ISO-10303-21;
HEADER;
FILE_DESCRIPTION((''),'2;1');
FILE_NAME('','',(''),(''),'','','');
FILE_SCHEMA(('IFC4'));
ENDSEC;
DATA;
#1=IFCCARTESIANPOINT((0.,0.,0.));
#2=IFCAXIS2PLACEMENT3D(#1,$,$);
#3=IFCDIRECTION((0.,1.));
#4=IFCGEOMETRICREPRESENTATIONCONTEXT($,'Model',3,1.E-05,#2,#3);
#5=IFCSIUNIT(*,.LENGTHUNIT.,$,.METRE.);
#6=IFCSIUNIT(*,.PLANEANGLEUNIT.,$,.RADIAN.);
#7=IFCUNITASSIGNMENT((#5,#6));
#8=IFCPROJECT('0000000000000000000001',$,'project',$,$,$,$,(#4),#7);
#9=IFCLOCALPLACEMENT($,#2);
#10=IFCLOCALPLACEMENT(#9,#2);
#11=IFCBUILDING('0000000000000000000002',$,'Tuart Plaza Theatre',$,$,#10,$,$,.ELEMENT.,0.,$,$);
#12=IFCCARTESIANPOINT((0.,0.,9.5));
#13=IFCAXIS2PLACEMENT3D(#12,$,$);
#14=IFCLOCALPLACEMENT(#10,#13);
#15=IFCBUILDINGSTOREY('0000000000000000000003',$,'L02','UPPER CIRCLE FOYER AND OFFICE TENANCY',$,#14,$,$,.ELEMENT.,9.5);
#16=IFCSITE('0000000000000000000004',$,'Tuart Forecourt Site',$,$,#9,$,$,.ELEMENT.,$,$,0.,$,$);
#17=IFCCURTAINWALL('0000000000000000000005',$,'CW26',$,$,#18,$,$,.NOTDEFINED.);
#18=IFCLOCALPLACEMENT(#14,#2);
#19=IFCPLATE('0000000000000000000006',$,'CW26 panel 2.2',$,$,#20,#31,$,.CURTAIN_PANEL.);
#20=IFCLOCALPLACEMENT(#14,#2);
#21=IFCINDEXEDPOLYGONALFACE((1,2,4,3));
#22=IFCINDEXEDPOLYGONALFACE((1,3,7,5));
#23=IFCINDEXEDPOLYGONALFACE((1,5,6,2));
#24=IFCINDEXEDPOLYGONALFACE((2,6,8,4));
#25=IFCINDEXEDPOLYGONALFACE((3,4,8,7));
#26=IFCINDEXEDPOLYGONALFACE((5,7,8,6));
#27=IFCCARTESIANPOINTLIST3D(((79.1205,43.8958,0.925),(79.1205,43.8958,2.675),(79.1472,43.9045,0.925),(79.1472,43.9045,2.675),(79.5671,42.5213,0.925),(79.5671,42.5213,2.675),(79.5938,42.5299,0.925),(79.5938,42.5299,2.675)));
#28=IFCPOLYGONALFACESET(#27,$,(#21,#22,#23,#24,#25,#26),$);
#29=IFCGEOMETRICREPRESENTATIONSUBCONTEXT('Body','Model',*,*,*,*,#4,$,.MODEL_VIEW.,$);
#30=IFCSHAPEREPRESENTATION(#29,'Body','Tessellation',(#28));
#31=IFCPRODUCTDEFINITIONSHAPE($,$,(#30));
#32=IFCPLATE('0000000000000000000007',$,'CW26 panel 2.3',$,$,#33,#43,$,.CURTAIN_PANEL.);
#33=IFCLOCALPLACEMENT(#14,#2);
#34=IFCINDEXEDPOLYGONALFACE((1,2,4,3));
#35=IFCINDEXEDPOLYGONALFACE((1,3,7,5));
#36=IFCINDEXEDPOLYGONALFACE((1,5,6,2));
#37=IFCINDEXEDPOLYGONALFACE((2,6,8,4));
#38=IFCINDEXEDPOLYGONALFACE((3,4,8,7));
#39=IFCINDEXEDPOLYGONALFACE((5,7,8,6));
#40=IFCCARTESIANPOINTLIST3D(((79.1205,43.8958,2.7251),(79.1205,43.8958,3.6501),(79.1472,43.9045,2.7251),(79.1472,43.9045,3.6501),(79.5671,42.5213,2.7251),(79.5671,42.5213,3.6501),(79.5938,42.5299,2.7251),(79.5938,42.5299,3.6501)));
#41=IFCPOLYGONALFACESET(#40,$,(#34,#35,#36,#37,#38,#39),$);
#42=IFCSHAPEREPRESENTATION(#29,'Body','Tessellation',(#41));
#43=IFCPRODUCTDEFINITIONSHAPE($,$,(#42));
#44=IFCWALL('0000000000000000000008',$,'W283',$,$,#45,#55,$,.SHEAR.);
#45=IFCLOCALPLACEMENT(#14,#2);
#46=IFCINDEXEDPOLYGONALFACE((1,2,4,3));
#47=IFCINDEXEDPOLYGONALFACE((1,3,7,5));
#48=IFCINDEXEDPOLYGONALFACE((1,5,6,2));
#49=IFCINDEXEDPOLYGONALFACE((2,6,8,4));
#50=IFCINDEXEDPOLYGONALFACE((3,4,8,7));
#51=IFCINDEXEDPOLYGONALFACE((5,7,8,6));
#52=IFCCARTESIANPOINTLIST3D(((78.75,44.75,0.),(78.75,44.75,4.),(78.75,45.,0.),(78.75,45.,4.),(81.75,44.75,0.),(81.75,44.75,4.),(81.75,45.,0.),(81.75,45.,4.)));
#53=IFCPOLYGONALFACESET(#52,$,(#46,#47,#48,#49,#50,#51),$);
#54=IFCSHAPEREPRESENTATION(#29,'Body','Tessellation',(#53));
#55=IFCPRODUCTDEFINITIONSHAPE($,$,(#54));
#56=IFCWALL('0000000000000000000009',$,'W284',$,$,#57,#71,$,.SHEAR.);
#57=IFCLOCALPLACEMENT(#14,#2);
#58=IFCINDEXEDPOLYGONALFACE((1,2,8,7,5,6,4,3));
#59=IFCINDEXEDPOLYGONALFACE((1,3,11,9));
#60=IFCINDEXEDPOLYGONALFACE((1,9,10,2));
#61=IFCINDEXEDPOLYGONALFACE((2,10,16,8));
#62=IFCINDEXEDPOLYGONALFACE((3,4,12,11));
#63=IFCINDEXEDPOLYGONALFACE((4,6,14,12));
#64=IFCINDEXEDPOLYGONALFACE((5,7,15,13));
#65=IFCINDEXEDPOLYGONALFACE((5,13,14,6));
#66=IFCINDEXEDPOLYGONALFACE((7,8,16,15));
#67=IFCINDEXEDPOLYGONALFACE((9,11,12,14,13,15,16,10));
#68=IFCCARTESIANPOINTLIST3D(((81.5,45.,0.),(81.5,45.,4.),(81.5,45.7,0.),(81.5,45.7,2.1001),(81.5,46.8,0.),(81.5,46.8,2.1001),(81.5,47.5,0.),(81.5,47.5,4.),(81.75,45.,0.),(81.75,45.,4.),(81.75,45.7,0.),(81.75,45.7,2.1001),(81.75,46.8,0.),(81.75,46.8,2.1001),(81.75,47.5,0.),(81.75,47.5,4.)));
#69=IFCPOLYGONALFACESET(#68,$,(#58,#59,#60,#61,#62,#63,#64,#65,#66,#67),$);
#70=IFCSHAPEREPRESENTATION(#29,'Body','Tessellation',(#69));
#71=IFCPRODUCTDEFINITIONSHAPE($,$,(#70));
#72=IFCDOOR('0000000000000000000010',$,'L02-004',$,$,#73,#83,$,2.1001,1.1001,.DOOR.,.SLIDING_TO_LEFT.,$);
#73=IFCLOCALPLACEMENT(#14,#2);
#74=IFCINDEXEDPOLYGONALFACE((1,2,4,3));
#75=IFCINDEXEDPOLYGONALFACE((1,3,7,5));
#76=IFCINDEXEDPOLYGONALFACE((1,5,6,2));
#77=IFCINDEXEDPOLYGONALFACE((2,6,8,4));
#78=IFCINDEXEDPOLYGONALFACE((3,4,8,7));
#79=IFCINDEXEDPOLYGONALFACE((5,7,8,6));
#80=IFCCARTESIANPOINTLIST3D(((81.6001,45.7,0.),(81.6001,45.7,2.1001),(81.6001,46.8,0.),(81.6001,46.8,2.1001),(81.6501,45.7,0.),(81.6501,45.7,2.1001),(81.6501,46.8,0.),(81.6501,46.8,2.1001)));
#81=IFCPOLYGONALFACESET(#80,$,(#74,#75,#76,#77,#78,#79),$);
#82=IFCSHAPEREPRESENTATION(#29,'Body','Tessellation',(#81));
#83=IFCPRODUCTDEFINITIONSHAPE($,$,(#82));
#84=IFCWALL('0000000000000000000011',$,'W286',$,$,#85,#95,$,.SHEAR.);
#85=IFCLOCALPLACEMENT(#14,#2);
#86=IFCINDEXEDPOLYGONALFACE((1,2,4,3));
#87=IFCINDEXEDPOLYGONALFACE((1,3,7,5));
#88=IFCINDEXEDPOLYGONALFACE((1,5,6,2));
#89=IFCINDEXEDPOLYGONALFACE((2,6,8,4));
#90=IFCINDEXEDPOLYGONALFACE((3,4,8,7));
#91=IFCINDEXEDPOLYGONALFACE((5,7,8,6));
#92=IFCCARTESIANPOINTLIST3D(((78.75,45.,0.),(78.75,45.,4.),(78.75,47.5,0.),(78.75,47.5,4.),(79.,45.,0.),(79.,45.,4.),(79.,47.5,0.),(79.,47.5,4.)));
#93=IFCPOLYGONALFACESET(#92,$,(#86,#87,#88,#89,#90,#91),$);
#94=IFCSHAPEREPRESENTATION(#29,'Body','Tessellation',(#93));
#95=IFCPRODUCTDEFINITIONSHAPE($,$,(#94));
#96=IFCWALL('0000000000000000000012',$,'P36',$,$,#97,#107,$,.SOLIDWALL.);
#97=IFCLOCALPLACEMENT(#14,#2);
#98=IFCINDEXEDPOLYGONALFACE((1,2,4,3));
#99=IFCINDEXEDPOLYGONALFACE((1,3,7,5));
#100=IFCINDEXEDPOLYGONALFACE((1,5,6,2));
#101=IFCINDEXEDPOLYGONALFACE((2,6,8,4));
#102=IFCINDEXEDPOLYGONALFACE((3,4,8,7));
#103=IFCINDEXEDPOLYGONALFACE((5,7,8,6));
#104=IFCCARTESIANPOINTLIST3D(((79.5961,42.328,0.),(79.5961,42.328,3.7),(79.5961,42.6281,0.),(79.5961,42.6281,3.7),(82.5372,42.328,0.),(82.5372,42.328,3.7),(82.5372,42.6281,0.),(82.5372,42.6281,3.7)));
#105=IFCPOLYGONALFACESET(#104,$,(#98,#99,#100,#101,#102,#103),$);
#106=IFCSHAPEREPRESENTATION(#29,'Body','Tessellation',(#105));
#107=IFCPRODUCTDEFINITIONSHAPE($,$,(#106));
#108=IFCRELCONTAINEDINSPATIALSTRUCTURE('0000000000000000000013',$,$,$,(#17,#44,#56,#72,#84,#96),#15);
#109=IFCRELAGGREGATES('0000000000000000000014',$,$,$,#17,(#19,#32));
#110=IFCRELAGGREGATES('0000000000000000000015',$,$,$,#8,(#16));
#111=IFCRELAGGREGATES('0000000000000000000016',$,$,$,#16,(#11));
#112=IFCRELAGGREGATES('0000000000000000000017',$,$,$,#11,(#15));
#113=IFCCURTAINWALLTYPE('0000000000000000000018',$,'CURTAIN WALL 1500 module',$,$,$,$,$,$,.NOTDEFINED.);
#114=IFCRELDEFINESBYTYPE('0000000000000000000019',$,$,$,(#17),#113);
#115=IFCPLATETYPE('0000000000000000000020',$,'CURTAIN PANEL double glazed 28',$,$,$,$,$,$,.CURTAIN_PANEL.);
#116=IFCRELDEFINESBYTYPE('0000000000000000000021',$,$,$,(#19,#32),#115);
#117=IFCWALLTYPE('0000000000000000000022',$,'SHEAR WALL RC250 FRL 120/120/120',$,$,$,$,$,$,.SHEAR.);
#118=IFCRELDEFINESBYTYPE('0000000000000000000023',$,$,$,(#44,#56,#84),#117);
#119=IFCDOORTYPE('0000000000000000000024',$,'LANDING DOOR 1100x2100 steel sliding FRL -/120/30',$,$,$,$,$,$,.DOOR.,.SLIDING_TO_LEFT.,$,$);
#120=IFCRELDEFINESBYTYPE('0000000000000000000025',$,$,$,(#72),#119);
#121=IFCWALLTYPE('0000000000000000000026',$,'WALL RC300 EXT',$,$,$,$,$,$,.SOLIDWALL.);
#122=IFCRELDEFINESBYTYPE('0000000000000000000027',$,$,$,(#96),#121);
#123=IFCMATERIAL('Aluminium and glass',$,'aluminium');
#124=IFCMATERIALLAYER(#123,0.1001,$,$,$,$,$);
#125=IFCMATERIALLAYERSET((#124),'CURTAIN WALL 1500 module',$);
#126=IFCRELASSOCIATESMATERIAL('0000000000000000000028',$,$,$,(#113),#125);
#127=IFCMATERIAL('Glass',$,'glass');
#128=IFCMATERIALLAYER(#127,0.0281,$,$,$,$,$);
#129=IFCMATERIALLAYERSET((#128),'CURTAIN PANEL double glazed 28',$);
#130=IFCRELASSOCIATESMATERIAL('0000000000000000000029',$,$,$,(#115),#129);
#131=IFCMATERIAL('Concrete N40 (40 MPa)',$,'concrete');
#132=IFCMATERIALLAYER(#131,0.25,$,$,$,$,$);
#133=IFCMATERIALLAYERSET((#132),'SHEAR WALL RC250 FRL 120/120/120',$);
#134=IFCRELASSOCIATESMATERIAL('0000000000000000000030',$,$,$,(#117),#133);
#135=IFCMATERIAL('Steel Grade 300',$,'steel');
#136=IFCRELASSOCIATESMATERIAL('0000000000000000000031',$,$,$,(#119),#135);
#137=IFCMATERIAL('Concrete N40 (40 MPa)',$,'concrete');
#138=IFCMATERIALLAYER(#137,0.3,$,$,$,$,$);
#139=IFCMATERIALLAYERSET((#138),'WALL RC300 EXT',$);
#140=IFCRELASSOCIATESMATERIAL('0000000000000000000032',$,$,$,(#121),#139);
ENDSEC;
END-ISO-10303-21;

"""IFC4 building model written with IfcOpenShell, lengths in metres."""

from ifc_helpers import new_model, si_unit, direction, frame, frame_2d, origin, origin_2d, place, context, subcontext, project, spatial, rectangle, extrude, material, layer, layer_set, type_object, element, fill, aggregate, save


model = new_model("IFC4")

# Units and contexts
model_context = context("Model", 3, precision=1e-05, world=origin(), true_north=direction((0.0, 1.0)))
body_context = subcontext(model_context, "Body", "Model", "MODEL_VIEW")
ifc_project = project(units=[si_unit("LENGTHUNIT", "METRE"), si_unit("PLANEANGLEUNIT", "RADIAN")], contexts=[model_context])

# Site, building, storey
site_placement = place(None, origin())
site = spatial("IfcSite", under=ifc_project, at=site_placement, Name="Tuart Forecourt Site", CompositionType="ELEMENT", RefElevation=0.0)
building_placement = place(site_placement, origin())
building = spatial("IfcBuilding", under=site, at=building_placement, Name="Tuart Plaza Theatre", CompositionType="ELEMENT", ElevationOfRefHeight=0.0)
storey_placement = place(building_placement, frame((0.0, 0.0, 9.5)))
storey = spatial("IfcBuildingStorey", under=building, at=storey_placement, Name="L02", Description="UPPER CIRCLE FOYER AND OFFICE TENANCY", CompositionType="ELEMENT", Elevation=9.5)

# Curtain wall
ifc_material_1 = material(Name="Aluminium and glass", Category="aluminium")
ifc_layer_1 = layer(ifc_material_1, 0.1001)
ifc_layer_set_1 = layer_set([ifc_layer_1], Name="CURTAIN WALL 1500 module")
curtain_wall_type = type_object("IfcCurtainWallType", Name="CURTAIN WALL 1500 module", PredefinedType="NOTDEFINED", material=ifc_layer_set_1)
curtain_wall_1_placement = place(storey_placement, origin())
curtain_wall_1 = element("IfcCurtainWall", 1, at=curtain_wall_1_placement, inside=storey, type_object=curtain_wall_type, Name="CW26", PredefinedType="NOTDEFINED")

# Plates
ifc_material_2 = material(Name="Glass", Category="glass")
ifc_layer_2 = layer(ifc_material_2, 0.0281)
ifc_layer_set_2 = layer_set([ifc_layer_2], Name="CURTAIN PANEL double glazed 28")
plate_type = type_object("IfcPlateType", Name="CURTAIN PANEL double glazed 28", PredefinedType="CURTAIN_PANEL", material=ifc_layer_set_2)
plate_1_placement = place(storey_placement, frame((79.3572, 43.2129, 0.925), z_axis=(0.0, 0.0, 1.0), x_axis=(0.309018, -0.951056, 0.0)))
plate_1 = element("IfcPlate", 2, at=plate_1_placement, type_object=plate_type, Name="CW26 panel 2.2", PredefinedType="CURTAIN_PANEL", context=body_context, shape_type="SweptSolid", body=[
    extrude(rectangle(XDim=1.4453, YDim=0.0281, at=origin_2d()), origin(), (0.0, 0.0, 1.0), 1.75),
])
plate_2_placement = place(storey_placement, frame((79.3572, 43.2129, 2.7251), z_axis=(0.0, 0.0, 1.0), x_axis=(0.309018, -0.951056, 0.0)))
plate_2 = element("IfcPlate", 3, at=plate_2_placement, type_object=plate_type, Name="CW26 panel 2.3", PredefinedType="CURTAIN_PANEL", context=body_context, shape_type="SweptSolid", body=[
    extrude(rectangle(XDim=1.4453, YDim=0.0281, at=origin_2d()), origin(), (0.0, 0.0, 1.0), 0.925),
])
aggregate(curtain_wall_1, [plate_1, plate_2])

# Wall
ifc_material_3 = material(Name="Concrete N40 (40 MPa)", Category="concrete")
ifc_layer_3 = layer(ifc_material_3, 0.25)
ifc_layer_set_3 = layer_set([ifc_layer_3], Name="SHEAR WALL RC250 FRL 120/120/120")
wall_type_1 = type_object("IfcWallType", Name="SHEAR WALL RC250 FRL 120/120/120", PredefinedType="SHEAR", material=ifc_layer_set_3)
wall_1_placement = place(storey_placement, frame((78.75, 44.875, 0.0), z_axis=(0.0, 0.0, 1.0), x_axis=(1.0, 0.0, 0.0)))
element("IfcWall", 4, at=wall_1_placement, inside=storey, type_object=wall_type_1, Name="W283", PredefinedType="SHEAR", context=body_context, shape_type="SweptSolid", body=[
    extrude(rectangle(XDim=3.0, YDim=0.25, at=frame_2d((1.5, 0.0))), origin(), (0.0, 0.0, 1.0), 4.0),
])

# Wall, opening, door
wall_2_placement = place(storey_placement, frame((81.625, 45.0, 0.0), z_axis=(0.0, 0.0, 1.0), x_axis=(0.0, 1.0, 0.0)))
wall_2 = element("IfcWall", 5, at=wall_2_placement, inside=storey, type_object=wall_type_1, Name="W284", PredefinedType="SHEAR", context=body_context, shape_type="SweptSolid", body=[
    extrude(rectangle(XDim=2.5, YDim=0.25, at=frame_2d((1.25, 0.0))), origin(), (0.0, 0.0, 1.0), 4.0),
])
opening_placement = place(wall_2_placement, frame((0.7, 0.0, 0.0)))
opening = element("IfcOpeningElement", 6, at=opening_placement, cuts=wall_2, PredefinedType="OPENING", context=body_context, shape_type="SweptSolid", body=[
    extrude(rectangle(XDim=1.1001, YDim=2.1001, at=frame_2d((0.55, 1.05))), frame((0.0, 0.135, 0.0), z_axis=(0.0, -1.0, 0.0), x_axis=(1.0, 0.0, 0.0)), (0.0, 0.0, 1.0), 0.27),
])
ifc_material_4 = material(Name="Steel Grade 300", Category="steel")
door_type = type_object("IfcDoorType", Name="LANDING DOOR 1100x2100 steel sliding FRL -/120/30", OperationType="SLIDING_TO_LEFT", PredefinedType="DOOR", material=ifc_material_4)
door_placement = place(opening_placement, origin())
door = element("IfcDoor", 7, at=door_placement, inside=storey, type_object=door_type, Name="L02-004", OperationType="SLIDING_TO_LEFT", OverallHeight=2.1001, OverallWidth=1.1001, PredefinedType="DOOR", context=body_context, shape_type="SweptSolid", body=[
    extrude(rectangle(XDim=1.1001, YDim=2.1001, at=frame_2d((0.55, 1.05))), frame((0.0, 0.0249, 0.0), z_axis=(0.0, -1.0, 0.0), x_axis=(1.0, 0.0, 0.0)), (0.0, 0.0, 1.0), 0.05),
])
fill(opening, door)

# Walls
wall_3_placement = place(storey_placement, frame((78.875, 47.5, 0.0), z_axis=(0.0, 0.0, 1.0), x_axis=(0.0, -1.0, 0.0)))
element("IfcWall", 8, at=wall_3_placement, inside=storey, type_object=wall_type_1, Name="W286", PredefinedType="SHEAR", context=body_context, shape_type="SweptSolid", body=[
    extrude(rectangle(XDim=2.5, YDim=0.25, at=frame_2d((1.25, 0.0))), origin(), (0.0, 0.0, 1.0), 4.0),
])
ifc_material_5 = material(Name="Concrete N40 (40 MPa)", Category="concrete")
ifc_layer_4 = layer(ifc_material_5, 0.3)
ifc_layer_set_4 = layer_set([ifc_layer_4], Name="WALL RC300 EXT")
wall_type_2 = type_object("IfcWallType", Name="WALL RC300 EXT", PredefinedType="SOLIDWALL", material=ifc_layer_set_4)
wall_4_placement = place(storey_placement, frame((79.5959, 42.478, 0.0), z_axis=(0.0, 0.0, 1.0), x_axis=(1.0, 0.0, 0.0)))
element("IfcWall", 9, at=wall_4_placement, inside=storey, type_object=wall_type_2, Name="P36", PredefinedType="SOLIDWALL", context=body_context, shape_type="SweptSolid", body=[
    extrude(rectangle(XDim=2.9412, YDim=0.3, at=frame_2d((1.4707, 0.0))), origin(), (0.0, 0.0, 1.0), 3.7),
])

save(model, "model.ifc")
